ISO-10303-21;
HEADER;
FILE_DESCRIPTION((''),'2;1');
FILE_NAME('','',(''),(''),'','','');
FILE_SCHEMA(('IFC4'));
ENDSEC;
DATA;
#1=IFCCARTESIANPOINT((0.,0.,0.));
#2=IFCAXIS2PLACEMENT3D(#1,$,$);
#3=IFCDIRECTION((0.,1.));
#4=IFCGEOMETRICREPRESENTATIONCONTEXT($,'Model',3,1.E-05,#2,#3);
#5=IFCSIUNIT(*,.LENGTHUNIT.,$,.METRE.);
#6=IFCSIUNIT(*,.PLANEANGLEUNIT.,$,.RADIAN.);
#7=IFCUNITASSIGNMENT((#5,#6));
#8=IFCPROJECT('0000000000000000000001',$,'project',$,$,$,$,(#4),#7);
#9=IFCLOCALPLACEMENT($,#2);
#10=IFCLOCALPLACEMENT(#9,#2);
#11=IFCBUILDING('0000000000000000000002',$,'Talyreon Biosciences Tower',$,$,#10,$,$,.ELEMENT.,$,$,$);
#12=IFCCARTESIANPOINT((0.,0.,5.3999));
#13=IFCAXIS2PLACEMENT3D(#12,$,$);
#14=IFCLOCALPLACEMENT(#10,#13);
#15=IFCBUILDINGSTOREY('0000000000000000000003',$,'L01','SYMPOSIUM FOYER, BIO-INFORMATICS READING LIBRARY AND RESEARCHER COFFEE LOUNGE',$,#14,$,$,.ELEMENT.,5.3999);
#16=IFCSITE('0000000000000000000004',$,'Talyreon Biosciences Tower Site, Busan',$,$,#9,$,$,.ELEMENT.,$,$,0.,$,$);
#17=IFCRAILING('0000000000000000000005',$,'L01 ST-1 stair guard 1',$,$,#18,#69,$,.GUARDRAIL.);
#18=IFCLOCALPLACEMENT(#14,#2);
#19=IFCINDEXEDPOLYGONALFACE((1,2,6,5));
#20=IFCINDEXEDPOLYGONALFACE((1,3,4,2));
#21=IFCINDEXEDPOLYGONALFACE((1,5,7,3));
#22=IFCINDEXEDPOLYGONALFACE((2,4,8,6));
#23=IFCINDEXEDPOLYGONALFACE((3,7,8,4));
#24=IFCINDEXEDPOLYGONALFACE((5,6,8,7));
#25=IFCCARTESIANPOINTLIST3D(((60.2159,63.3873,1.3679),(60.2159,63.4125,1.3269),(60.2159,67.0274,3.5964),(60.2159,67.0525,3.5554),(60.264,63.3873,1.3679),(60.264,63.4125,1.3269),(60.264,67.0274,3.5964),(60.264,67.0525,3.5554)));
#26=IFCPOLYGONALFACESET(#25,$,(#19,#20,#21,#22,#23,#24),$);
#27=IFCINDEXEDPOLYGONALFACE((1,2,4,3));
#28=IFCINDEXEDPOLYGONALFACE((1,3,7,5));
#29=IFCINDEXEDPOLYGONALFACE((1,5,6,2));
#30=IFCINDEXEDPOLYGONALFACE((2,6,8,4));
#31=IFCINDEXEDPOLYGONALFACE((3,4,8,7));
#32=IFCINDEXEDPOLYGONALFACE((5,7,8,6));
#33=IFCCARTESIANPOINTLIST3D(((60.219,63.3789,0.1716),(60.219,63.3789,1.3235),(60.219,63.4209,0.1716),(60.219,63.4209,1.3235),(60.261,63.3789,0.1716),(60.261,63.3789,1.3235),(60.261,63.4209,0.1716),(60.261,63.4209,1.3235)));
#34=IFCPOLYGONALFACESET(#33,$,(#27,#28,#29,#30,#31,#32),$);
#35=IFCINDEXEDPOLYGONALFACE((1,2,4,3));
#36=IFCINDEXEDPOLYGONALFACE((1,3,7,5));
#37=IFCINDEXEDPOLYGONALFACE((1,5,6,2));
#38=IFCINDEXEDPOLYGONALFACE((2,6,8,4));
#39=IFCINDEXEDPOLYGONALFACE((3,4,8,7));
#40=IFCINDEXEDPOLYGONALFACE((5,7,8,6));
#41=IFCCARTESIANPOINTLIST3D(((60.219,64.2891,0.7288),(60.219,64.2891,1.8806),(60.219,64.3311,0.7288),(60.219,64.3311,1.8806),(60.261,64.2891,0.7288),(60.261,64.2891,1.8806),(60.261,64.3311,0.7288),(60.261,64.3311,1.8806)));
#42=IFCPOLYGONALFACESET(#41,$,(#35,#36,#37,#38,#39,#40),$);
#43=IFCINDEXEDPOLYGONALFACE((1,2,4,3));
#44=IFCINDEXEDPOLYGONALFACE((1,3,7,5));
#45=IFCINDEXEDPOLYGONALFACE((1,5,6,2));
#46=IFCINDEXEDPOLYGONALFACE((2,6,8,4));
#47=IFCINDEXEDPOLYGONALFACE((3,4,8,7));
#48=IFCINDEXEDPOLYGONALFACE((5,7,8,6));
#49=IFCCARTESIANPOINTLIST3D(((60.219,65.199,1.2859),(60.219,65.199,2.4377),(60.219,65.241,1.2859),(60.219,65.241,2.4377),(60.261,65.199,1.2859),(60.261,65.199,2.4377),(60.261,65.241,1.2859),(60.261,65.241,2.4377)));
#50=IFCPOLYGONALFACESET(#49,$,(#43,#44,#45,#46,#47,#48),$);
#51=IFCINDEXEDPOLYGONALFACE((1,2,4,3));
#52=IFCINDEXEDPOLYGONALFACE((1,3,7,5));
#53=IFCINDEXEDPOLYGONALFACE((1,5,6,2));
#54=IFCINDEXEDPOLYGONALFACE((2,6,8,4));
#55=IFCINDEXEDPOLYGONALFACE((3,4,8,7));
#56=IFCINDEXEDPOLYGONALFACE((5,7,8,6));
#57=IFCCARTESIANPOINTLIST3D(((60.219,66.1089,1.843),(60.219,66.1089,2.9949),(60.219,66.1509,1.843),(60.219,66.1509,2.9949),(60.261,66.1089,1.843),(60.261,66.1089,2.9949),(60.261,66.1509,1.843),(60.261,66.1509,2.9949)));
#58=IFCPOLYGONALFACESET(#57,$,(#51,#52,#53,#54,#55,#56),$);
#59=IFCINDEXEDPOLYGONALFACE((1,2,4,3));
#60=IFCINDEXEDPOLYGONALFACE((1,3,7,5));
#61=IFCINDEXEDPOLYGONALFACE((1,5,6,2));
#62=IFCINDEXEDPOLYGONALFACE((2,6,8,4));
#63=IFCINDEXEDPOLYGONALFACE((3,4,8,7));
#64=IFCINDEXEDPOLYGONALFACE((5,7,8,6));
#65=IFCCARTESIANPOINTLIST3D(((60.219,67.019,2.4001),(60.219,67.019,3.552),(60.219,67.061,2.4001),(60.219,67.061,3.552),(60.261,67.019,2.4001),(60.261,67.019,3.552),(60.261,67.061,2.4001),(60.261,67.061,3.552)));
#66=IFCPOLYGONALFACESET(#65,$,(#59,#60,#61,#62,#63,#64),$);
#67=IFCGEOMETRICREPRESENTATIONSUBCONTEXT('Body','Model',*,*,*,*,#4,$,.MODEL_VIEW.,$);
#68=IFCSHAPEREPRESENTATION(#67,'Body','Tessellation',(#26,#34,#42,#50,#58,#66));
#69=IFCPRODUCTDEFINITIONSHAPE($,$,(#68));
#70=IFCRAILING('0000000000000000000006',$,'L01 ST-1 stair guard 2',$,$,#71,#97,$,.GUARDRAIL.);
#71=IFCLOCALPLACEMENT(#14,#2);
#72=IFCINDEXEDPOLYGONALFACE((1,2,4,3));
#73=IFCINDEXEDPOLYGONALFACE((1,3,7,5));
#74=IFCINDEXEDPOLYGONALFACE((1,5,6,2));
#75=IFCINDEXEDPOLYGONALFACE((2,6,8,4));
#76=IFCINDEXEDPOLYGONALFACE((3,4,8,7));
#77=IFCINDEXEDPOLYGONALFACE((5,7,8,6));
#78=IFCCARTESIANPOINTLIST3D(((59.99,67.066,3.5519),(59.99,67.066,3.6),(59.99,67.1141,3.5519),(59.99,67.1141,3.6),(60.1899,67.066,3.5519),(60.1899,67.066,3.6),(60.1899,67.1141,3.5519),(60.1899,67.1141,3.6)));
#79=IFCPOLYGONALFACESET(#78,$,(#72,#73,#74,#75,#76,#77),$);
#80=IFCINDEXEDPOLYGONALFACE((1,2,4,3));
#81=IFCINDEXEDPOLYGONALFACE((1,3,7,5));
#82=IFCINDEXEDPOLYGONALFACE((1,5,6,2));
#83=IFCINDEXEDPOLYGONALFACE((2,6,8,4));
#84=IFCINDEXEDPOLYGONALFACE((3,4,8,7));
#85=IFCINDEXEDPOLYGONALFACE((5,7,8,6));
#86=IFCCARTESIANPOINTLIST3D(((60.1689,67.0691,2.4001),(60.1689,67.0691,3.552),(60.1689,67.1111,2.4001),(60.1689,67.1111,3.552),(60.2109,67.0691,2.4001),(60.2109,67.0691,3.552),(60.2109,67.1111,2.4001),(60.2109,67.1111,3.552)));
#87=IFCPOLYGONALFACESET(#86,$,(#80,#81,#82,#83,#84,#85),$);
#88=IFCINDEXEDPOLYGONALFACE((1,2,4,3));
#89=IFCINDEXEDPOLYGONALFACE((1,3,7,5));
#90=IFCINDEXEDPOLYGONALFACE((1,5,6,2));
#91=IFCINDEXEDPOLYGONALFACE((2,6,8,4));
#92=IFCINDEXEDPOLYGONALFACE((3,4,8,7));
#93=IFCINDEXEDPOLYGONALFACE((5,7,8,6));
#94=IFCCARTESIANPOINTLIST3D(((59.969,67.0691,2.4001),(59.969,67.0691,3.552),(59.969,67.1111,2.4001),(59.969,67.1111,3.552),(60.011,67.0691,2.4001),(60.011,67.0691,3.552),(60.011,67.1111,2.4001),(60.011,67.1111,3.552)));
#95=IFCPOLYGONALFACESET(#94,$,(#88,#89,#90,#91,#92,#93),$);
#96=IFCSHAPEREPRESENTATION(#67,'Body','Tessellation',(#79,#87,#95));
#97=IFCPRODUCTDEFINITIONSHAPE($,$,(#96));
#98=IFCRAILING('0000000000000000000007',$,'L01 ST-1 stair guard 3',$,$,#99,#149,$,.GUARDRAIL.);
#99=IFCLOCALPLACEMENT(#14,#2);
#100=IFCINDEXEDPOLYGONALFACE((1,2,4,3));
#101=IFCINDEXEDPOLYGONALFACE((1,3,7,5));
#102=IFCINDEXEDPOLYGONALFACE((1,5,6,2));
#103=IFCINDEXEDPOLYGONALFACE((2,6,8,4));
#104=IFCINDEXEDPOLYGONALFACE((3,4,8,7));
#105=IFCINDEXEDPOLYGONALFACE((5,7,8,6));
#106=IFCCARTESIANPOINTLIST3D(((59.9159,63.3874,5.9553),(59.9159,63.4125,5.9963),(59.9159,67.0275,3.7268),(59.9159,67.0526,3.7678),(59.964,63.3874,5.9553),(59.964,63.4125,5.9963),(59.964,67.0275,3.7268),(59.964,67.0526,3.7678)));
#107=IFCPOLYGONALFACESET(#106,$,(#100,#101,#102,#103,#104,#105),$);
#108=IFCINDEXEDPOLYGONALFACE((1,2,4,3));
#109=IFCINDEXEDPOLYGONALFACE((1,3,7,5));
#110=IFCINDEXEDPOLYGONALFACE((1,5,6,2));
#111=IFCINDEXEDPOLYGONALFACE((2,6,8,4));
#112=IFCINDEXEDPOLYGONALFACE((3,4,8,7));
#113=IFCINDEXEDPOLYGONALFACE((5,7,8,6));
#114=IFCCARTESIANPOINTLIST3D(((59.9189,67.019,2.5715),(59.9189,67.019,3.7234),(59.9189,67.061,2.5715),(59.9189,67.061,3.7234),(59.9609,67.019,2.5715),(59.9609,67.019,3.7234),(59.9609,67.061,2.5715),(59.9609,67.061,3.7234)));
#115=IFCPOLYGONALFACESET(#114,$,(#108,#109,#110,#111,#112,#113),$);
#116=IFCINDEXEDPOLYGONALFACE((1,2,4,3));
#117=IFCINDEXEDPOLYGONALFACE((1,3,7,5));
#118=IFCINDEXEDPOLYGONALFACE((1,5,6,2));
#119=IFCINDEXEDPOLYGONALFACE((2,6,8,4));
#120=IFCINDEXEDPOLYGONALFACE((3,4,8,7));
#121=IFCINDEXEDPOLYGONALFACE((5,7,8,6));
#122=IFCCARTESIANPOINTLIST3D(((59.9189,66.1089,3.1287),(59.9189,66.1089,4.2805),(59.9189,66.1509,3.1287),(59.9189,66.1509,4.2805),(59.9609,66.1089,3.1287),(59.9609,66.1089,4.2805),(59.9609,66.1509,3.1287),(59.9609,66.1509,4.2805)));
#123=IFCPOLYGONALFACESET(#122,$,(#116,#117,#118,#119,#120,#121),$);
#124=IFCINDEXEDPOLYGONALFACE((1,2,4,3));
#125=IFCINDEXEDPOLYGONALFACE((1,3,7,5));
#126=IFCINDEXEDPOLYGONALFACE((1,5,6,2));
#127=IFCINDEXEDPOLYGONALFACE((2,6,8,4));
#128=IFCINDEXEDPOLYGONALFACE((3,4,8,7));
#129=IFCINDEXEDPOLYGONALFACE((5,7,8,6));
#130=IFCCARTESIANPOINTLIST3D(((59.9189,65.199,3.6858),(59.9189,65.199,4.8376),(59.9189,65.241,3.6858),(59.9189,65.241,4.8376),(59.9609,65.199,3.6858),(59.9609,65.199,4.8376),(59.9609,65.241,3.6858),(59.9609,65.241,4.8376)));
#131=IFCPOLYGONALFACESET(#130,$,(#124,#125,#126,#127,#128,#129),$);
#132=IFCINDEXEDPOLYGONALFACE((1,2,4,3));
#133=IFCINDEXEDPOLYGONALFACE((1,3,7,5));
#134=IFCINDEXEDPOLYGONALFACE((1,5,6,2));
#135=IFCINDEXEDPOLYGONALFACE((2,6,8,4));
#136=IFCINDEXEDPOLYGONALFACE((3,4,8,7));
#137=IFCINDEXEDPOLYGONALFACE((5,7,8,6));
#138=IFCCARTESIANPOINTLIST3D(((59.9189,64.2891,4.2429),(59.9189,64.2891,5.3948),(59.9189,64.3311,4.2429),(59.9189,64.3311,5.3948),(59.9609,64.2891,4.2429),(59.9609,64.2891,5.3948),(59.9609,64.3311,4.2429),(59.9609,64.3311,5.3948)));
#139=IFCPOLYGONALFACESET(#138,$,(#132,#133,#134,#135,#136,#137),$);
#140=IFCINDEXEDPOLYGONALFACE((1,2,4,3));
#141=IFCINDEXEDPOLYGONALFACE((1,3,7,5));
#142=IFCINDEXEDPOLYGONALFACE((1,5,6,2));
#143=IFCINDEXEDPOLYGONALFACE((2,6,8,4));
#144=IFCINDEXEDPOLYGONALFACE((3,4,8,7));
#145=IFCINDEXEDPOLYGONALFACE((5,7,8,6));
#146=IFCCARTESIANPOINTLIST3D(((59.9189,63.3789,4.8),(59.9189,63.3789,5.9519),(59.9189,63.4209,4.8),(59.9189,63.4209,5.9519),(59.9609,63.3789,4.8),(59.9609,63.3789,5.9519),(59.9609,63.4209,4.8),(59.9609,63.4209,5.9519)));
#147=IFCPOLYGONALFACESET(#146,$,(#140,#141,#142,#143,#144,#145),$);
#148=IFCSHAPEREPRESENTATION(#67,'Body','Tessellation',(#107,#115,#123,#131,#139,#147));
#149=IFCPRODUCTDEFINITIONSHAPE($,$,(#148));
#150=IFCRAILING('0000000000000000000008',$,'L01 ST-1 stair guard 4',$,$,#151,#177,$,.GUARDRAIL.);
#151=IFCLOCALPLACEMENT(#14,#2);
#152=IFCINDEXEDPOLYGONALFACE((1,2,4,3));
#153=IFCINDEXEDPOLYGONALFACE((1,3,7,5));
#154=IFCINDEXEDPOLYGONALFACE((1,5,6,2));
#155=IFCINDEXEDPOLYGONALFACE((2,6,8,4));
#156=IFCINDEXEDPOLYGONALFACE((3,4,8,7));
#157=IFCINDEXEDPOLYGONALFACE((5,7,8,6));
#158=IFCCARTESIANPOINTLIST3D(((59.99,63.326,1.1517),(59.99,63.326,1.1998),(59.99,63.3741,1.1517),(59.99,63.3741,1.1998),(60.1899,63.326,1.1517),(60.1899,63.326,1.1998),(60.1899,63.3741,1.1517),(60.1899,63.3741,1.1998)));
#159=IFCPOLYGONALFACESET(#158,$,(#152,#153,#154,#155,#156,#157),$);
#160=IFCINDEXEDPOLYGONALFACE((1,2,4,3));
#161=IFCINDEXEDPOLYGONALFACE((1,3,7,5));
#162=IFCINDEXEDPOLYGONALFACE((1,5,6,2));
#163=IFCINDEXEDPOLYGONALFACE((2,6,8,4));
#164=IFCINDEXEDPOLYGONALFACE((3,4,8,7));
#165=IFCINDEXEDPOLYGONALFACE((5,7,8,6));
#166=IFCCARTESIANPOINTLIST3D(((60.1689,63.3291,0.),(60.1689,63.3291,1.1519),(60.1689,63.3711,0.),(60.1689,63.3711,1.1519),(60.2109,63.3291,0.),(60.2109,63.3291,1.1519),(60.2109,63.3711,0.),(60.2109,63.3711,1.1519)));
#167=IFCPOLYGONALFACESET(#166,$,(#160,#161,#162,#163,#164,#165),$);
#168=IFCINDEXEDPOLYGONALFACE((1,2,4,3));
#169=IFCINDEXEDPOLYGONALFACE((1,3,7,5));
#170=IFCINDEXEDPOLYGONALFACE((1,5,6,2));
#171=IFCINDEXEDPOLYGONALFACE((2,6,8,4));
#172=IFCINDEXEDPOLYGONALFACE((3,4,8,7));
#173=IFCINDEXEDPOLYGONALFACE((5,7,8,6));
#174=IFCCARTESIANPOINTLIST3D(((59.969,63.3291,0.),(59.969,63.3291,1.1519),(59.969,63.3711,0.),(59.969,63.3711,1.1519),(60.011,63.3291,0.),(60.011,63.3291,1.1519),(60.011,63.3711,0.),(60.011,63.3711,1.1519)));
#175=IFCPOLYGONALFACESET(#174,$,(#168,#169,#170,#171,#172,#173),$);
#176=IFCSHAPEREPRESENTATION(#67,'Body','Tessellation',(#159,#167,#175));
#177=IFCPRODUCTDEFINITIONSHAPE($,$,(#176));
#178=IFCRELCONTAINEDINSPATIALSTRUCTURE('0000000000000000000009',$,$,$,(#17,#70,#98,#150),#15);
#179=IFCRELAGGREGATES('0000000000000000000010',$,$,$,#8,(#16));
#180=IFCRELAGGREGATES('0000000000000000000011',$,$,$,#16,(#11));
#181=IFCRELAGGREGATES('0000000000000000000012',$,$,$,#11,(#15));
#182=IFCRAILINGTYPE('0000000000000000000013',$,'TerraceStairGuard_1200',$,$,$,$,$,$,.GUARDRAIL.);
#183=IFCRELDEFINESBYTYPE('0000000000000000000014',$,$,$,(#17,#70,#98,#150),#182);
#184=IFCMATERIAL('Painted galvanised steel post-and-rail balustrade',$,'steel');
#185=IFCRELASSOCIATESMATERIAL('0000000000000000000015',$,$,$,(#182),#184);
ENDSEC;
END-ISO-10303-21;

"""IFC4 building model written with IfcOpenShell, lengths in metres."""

from ifc_helpers import new_model, si_unit, direction, frame, origin, origin_2d, place, context, subcontext, project, spatial, rectangle, extrude, material, type_object, element, save


model = new_model("IFC4")

# Units and contexts
model_context = context("Model", 3, precision=1e-05, world=origin(), true_north=direction((0.0, 1.0)))
body_context = subcontext(model_context, "Body", "Model", "MODEL_VIEW")
ifc_project = project(units=[si_unit("LENGTHUNIT", "METRE"), si_unit("PLANEANGLEUNIT", "RADIAN")], contexts=[model_context])

# Site, building, storey
site_placement = place(None, origin())
site = spatial("IfcSite", under=ifc_project, at=site_placement, Name="Talyreon Biosciences Tower Site, Busan", CompositionType="ELEMENT", RefElevation=0.0)
building_placement = place(site_placement, origin())
building = spatial("IfcBuilding", under=site, at=building_placement, Name="Talyreon Biosciences Tower", CompositionType="ELEMENT")
storey_placement = place(building_placement, frame((0.0, 0.0, 5.3999)))
storey = spatial("IfcBuildingStorey", under=building, at=storey_placement, Name="L01", Description="SYMPOSIUM FOYER, BIO-INFORMATICS READING LIBRARY AND RESEARCHER COFFEE LOUNGE", CompositionType="ELEMENT", Elevation=5.3999)

# Railings
ifc_material_1 = material(Name="Painted galvanised steel post-and-rail balustrade", Category="steel")
railing_type_1 = type_object("IfcRailingType", Name="TerraceStairGuard_1200", PredefinedType="GUARDRAIL", material=ifc_material_1)
railing_1_placement = place(storey_placement, frame((60.24, 63.3999, 0.1716)))
element("IfcRailing", 1, at=railing_1_placement, inside=storey, type_object=railing_type_1, Name="L01 ST-1 stair guard 1", PredefinedType="GUARDRAIL", context=body_context, shape_type="SweptSolid", body=[
    extrude(rectangle(XDim=0.0481, YDim=0.0481, at=origin_2d()), frame((0.0, 0.0, 1.1758), z_axis=(0.0, 0.852866, 0.52213), x_axis=(-1.0, 0.0, 0.0)), (0.0, 0.0, 1.0), 4.2681),
    extrude(rectangle(XDim=0.042, YDim=0.042, at=origin_2d()), origin(), (0.0, 0.0, 1.0), 1.1519),
    extrude(rectangle(XDim=0.042, YDim=0.042, at=origin_2d()), frame((0.0, 0.9102, 0.5571)), (0.0, 0.0, 1.0), 1.1519),
    extrude(rectangle(XDim=0.042, YDim=0.042, at=origin_2d()), frame((0.0, 1.8201, 1.1143)), (0.0, 0.0, 1.0), 1.1519),
    extrude(rectangle(XDim=0.042, YDim=0.042, at=origin_2d()), frame((0.0, 2.73, 1.6714)), (0.0, 0.0, 1.0), 1.1519),
    extrude(rectangle(XDim=0.042, YDim=0.042, at=origin_2d()), frame((0.0, 3.6401, 2.2285)), (0.0, 0.0, 1.0), 1.1519),
])
railing_2_placement = place(storey_placement, frame((60.1899, 67.0901, 2.4001)))
element("IfcRailing", 2, at=railing_2_placement, inside=storey, type_object=railing_type_1, Name="L01 ST-1 stair guard 2", PredefinedType="GUARDRAIL", context=body_context, shape_type="SweptSolid", body=[
    extrude(rectangle(XDim=0.0481, YDim=0.0481, at=origin_2d()), frame((0.0, 0.0, 1.1758), z_axis=(-1.0, 0.0, 0.0), x_axis=(0.0, -1.0, 0.0)), (0.0, 0.0, 1.0), 0.2),
    extrude(rectangle(XDim=0.042, YDim=0.042, at=origin_2d()), origin(), (0.0, 0.0, 1.0), 1.1519),
    extrude(rectangle(XDim=0.042, YDim=0.042, at=origin_2d()), frame((-0.2, 0.0, 0.0)), (0.0, 0.0, 1.0), 1.1519),
])
railing_3_placement = place(storey_placement, frame((59.9399, 67.04, 2.5715)))
element("IfcRailing", 3, at=railing_3_placement, inside=storey, type_object=railing_type_1, Name="L01 ST-1 stair guard 3", PredefinedType="GUARDRAIL", context=body_context, shape_type="SweptSolid", body=[
    extrude(rectangle(XDim=0.0481, YDim=0.0481, at=origin_2d()), frame((0.0, 0.0, 1.1758), z_axis=(0.0, -0.852866, 0.52213), x_axis=(1.0, 0.0, 0.0)), (0.0, 0.0, 1.0), 4.2681),
    extrude(rectangle(XDim=0.042, YDim=0.042, at=origin_2d()), origin(), (0.0, 0.0, 1.0), 1.1519),
    extrude(rectangle(XDim=0.042, YDim=0.042, at=origin_2d()), frame((0.0, -0.9102, 0.5571)), (0.0, 0.0, 1.0), 1.1519),
    extrude(rectangle(XDim=0.042, YDim=0.042, at=origin_2d()), frame((0.0, -1.8201, 1.1143)), (0.0, 0.0, 1.0), 1.1519),
    extrude(rectangle(XDim=0.042, YDim=0.042, at=origin_2d()), frame((0.0, -2.73, 1.6714)), (0.0, 0.0, 1.0), 1.1519),
    extrude(rectangle(XDim=0.042, YDim=0.042, at=origin_2d()), frame((0.0, -3.6401, 2.2285)), (0.0, 0.0, 1.0), 1.1519),
])
railing_4_placement = place(storey_placement, frame((60.1899, 63.3501, 0.0)))
element("IfcRailing", 4, at=railing_4_placement, inside=storey, type_object=railing_type_1, Name="L01 ST-1 stair guard 4", PredefinedType="GUARDRAIL", context=body_context, shape_type="SweptSolid", body=[
    extrude(rectangle(XDim=0.0481, YDim=0.0481, at=origin_2d()), frame((0.0, 0.0, 1.1758), z_axis=(-1.0, 0.0, 0.0), x_axis=(0.0, -1.0, 0.0)), (0.0, 0.0, 1.0), 0.2),
    extrude(rectangle(XDim=0.042, YDim=0.042, at=origin_2d()), origin(), (0.0, 0.0, 1.0), 1.1519),
    extrude(rectangle(XDim=0.042, YDim=0.042, at=origin_2d()), frame((-0.2, 0.0, 0.0)), (0.0, 0.0, 1.0), 1.1519),
])

save(model, "model.ifc")
